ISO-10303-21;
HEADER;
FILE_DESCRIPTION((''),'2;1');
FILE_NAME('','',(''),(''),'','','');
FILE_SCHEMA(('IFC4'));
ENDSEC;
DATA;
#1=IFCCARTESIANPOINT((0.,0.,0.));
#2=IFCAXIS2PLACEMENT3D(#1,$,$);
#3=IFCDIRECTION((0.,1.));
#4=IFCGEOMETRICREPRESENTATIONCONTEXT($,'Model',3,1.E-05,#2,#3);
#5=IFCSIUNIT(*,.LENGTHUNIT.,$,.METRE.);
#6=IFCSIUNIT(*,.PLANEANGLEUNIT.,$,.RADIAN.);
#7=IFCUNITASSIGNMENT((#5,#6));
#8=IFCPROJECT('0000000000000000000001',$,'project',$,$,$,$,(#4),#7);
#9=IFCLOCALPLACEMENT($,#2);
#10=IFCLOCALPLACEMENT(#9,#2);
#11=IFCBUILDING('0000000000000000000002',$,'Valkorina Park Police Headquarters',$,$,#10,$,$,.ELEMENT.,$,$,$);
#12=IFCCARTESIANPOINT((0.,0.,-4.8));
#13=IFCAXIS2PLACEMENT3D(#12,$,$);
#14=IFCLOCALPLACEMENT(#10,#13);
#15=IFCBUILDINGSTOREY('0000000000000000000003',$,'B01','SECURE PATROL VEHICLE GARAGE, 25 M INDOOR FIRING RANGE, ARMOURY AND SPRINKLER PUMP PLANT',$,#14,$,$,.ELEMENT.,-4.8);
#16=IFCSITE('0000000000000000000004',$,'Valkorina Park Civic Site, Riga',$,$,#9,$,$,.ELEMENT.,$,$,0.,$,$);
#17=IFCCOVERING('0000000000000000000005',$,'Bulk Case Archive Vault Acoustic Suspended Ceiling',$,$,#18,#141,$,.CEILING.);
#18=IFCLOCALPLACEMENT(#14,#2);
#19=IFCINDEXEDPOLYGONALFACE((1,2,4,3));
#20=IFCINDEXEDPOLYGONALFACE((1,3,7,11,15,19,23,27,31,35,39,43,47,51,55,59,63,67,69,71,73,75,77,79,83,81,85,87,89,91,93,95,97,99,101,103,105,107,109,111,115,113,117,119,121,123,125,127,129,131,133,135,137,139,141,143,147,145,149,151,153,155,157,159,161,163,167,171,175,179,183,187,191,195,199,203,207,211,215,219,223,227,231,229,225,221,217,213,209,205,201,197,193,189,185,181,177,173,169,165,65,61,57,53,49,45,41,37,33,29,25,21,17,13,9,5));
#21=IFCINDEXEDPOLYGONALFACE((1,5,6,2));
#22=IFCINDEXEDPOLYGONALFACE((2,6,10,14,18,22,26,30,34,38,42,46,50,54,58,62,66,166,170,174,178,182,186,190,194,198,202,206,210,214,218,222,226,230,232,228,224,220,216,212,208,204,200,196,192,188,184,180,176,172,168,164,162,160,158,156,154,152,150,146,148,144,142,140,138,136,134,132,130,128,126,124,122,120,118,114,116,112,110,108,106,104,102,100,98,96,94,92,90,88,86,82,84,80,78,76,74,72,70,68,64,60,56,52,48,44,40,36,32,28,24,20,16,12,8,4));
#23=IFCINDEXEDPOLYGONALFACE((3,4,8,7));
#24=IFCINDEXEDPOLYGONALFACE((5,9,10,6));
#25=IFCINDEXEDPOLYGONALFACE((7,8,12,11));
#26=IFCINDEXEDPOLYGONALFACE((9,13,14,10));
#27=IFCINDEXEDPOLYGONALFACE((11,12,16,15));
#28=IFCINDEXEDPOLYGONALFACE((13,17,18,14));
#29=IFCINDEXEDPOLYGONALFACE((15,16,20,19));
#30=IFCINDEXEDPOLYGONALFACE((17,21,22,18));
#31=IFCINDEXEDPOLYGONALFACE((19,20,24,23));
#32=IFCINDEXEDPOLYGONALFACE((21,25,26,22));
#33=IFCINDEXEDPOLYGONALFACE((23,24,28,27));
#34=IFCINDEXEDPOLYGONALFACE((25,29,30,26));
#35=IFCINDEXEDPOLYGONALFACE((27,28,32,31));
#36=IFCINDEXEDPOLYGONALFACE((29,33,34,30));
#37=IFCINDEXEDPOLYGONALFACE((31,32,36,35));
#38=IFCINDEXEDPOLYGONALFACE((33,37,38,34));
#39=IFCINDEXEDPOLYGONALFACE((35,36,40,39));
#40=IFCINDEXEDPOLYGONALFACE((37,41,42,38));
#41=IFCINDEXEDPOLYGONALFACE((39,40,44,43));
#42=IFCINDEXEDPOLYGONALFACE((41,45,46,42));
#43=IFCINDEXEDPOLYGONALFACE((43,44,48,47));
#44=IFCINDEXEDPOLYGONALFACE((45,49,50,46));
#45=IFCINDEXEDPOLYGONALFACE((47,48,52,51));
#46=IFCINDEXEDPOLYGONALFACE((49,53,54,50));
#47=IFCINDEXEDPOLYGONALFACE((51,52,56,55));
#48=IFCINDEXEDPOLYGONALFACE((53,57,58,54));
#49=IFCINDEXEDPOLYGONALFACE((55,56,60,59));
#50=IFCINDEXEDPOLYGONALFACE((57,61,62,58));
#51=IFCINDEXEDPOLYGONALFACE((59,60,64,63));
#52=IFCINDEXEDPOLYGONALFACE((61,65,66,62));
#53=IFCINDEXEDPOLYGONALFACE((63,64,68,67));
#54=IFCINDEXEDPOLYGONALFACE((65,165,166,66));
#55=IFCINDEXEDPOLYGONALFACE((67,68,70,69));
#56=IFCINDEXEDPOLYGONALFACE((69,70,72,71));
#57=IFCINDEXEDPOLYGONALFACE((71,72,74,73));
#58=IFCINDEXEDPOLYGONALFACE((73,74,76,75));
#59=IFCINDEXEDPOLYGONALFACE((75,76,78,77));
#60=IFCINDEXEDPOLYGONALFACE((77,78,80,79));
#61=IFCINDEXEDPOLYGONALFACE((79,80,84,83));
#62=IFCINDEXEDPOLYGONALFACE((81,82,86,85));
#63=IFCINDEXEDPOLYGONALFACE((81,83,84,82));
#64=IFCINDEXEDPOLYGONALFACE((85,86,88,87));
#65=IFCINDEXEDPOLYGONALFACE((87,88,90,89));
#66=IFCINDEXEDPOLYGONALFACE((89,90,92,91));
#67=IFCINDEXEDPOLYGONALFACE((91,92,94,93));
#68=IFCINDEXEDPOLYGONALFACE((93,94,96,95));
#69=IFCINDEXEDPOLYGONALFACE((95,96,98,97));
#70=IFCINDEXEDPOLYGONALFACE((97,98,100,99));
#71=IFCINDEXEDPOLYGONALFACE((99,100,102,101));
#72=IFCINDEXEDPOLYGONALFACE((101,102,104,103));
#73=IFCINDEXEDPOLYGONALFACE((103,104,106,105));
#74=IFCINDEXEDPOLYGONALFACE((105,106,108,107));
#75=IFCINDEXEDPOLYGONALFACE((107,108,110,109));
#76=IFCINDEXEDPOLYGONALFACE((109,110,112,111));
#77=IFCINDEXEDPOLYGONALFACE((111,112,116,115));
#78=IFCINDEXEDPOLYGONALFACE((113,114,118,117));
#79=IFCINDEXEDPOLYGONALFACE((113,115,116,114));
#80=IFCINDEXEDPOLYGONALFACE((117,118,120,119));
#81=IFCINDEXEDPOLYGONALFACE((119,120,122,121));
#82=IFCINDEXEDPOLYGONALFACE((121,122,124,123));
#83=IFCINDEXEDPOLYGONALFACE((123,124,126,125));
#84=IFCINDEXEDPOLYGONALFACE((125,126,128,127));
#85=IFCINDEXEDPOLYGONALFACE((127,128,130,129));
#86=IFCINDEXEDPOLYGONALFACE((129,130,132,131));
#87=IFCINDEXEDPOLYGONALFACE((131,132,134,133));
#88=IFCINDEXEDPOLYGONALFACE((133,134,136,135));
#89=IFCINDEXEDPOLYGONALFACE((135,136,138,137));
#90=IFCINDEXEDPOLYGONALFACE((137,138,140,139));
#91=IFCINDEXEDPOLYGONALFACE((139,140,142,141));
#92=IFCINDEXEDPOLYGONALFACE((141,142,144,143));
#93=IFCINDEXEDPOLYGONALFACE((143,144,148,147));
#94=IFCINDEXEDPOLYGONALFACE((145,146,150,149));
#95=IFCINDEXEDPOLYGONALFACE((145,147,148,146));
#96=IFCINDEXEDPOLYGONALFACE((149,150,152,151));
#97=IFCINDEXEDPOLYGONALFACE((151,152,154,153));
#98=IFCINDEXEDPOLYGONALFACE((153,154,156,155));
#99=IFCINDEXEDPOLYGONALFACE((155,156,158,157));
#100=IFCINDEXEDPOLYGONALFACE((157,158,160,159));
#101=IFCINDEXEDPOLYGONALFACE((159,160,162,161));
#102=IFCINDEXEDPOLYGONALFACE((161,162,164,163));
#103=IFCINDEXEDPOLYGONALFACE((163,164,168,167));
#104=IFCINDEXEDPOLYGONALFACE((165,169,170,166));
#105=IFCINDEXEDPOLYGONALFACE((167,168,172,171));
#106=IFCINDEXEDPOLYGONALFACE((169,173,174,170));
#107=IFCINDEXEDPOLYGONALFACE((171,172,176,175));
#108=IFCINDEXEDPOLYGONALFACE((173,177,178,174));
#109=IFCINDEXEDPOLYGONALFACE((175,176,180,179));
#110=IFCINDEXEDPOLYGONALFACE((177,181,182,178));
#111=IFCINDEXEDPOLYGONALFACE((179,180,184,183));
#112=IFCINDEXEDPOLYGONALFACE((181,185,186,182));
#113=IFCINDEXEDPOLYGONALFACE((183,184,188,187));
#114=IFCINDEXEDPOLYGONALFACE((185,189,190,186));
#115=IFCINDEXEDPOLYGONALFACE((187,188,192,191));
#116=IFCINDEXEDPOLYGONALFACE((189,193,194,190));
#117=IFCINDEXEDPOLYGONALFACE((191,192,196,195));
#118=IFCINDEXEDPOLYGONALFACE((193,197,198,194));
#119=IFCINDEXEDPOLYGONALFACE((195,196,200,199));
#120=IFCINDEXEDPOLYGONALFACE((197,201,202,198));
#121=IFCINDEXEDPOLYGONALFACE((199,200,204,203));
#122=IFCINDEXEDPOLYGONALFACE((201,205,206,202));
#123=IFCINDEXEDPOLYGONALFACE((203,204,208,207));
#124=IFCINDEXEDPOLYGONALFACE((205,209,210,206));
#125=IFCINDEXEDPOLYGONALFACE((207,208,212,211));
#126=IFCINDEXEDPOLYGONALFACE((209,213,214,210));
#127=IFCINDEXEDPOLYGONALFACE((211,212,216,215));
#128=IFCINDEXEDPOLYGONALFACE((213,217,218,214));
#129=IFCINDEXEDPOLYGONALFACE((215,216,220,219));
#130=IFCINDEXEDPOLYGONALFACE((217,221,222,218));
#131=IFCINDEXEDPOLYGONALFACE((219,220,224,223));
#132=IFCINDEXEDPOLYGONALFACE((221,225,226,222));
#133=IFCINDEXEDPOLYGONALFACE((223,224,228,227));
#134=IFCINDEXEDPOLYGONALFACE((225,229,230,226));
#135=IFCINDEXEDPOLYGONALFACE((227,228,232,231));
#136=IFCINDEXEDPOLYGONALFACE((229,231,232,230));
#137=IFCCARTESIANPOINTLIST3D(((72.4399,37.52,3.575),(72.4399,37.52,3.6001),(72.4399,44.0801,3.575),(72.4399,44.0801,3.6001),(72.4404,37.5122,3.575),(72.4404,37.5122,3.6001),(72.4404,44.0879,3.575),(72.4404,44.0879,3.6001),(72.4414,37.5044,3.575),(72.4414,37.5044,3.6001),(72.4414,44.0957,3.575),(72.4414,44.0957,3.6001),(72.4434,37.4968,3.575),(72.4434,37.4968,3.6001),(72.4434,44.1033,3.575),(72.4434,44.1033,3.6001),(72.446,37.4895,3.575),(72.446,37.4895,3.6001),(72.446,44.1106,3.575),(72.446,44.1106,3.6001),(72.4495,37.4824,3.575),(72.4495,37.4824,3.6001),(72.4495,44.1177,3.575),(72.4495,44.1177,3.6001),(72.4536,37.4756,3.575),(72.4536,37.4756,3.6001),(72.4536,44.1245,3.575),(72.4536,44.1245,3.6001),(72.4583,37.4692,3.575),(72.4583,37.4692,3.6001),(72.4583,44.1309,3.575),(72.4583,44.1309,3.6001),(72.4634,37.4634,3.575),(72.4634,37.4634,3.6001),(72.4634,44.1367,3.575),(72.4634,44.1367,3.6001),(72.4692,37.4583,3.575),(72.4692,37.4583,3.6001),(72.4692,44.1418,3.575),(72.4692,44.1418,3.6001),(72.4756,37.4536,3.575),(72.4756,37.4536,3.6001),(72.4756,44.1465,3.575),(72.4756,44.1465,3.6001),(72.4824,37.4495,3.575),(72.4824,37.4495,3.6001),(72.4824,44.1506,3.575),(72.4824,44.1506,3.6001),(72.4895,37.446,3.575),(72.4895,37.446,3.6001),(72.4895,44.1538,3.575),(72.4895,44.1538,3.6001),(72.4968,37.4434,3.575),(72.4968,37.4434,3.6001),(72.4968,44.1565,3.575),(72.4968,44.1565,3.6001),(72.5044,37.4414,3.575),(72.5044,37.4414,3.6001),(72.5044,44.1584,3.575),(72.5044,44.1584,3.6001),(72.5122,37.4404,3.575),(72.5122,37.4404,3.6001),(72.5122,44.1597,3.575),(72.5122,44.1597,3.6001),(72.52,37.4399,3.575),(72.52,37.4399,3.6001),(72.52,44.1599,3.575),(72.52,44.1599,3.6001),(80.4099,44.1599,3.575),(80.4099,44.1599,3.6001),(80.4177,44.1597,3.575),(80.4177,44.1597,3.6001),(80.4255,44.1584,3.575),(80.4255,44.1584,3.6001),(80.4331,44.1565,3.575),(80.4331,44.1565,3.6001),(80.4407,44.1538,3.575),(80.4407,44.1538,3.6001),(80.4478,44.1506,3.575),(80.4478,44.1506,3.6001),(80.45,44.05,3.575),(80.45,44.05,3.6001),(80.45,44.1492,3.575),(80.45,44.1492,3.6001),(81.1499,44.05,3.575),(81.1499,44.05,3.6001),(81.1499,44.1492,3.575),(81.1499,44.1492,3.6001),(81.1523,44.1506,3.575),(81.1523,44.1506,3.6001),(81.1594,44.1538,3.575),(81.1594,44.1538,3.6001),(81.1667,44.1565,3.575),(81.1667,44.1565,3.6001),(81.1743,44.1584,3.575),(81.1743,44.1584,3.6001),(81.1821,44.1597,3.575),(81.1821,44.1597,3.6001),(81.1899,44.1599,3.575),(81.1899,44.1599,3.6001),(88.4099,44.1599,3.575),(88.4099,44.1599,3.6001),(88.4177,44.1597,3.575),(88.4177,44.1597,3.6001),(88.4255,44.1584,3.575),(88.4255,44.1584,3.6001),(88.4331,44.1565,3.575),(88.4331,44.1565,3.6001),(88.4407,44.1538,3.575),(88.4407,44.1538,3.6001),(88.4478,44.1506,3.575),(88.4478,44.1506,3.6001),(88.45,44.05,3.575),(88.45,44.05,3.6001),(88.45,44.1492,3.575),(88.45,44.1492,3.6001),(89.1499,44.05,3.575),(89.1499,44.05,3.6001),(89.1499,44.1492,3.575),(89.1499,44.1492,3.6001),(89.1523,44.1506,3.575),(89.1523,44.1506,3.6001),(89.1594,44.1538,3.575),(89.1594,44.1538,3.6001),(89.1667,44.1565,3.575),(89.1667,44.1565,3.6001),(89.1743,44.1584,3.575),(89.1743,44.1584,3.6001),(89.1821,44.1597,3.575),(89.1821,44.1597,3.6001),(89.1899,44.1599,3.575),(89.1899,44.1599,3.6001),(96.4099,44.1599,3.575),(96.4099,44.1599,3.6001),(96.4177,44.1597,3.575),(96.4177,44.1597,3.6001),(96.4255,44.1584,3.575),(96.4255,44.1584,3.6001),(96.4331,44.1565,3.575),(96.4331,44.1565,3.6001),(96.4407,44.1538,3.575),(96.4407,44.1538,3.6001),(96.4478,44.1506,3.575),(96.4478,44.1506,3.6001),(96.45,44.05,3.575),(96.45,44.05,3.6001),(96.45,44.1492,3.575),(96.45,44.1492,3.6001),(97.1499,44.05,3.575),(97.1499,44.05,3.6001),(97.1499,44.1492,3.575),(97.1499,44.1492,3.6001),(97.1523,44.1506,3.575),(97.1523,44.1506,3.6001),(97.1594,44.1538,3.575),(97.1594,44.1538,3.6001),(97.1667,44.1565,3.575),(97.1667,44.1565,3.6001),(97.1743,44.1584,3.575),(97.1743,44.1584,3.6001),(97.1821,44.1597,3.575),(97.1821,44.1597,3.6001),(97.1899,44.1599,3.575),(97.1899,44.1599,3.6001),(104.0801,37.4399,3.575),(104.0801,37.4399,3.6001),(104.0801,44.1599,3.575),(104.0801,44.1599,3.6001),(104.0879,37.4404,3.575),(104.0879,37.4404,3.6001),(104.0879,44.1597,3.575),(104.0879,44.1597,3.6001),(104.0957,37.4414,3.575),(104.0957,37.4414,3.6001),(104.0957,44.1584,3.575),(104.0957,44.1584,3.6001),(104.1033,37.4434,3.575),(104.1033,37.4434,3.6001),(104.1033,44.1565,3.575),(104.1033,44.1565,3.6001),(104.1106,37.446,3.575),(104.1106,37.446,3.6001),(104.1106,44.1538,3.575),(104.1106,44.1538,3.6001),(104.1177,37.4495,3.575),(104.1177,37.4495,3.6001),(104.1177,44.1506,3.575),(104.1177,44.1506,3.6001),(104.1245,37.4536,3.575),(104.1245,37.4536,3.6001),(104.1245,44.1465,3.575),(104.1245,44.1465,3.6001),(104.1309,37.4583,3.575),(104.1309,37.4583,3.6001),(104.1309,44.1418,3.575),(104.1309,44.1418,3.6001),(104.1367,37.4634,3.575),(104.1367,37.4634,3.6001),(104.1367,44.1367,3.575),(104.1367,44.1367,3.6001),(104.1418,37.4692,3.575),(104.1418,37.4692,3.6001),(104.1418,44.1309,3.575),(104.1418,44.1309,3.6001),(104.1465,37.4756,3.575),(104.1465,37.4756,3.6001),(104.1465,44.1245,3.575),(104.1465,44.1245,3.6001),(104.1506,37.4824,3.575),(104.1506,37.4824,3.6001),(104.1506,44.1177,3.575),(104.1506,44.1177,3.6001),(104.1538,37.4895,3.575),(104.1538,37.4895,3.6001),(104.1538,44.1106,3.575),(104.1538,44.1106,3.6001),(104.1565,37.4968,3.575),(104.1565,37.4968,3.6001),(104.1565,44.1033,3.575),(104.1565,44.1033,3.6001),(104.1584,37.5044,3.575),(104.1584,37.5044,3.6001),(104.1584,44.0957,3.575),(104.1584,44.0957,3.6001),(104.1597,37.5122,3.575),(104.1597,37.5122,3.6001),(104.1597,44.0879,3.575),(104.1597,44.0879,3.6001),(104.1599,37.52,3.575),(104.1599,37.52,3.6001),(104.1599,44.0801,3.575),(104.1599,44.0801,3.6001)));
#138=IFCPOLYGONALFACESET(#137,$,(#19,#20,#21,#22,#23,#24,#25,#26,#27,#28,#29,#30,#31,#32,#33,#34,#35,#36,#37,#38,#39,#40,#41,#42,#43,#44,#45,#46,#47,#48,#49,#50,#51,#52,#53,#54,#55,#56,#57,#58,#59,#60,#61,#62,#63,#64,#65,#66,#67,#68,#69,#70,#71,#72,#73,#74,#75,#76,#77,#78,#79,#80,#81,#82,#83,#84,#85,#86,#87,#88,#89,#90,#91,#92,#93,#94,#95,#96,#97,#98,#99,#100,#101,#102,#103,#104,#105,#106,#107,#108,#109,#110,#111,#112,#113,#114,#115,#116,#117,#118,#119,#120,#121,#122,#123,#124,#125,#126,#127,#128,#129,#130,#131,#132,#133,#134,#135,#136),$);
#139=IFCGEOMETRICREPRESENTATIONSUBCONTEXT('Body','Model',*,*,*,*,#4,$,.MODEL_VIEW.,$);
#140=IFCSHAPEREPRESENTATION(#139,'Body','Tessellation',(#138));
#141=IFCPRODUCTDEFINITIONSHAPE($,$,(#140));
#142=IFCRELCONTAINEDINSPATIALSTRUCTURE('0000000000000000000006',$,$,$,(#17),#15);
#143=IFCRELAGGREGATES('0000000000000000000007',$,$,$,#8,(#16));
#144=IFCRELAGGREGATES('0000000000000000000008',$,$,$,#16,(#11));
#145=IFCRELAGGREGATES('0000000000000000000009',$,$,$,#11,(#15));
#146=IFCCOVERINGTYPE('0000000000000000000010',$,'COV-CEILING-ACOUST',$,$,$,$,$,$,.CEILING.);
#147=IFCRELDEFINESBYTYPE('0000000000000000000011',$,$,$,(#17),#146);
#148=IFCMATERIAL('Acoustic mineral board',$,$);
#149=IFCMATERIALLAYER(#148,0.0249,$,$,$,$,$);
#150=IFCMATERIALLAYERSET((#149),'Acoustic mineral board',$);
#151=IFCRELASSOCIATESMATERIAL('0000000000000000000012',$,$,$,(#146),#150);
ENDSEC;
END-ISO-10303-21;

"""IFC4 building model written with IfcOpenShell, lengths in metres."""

from ifc_helpers import new_model, si_unit, direction, frame, origin, place, context, subcontext, project, spatial, polyline, outline, extrude, material, layer, layer_set, type_object, element, save


model = new_model("IFC4")

# Units and contexts
model_context = context("Model", 3, precision=1e-05, world=origin(), true_north=direction((0.0, 1.0)))
body_context = subcontext(model_context, "Body", "Model", "MODEL_VIEW")
ifc_project = project(units=[si_unit("LENGTHUNIT", "METRE"), si_unit("PLANEANGLEUNIT", "RADIAN")], contexts=[model_context])

# Site, building, storey
site_placement = place(None, origin())
site = spatial("IfcSite", under=ifc_project, at=site_placement, Name="Valkorina Park Civic Site, Riga", CompositionType="ELEMENT", RefElevation=0.0)
building_placement = place(site_placement, origin())
building = spatial("IfcBuilding", under=site, at=building_placement, Name="Valkorina Park Police Headquarters", CompositionType="ELEMENT")
storey_placement = place(building_placement, frame((0.0, 0.0, -4.8)))
storey = spatial("IfcBuildingStorey", under=building, at=storey_placement, Name="B01", Description="SECURE PATROL VEHICLE GARAGE, 25 M INDOOR FIRING RANGE, ARMOURY AND SPRINKLER PUMP PLANT", CompositionType="ELEMENT", Elevation=-4.8)

# Covering
ifc_material_1 = material(Name="Acoustic mineral board")
ifc_layer_1 = layer(ifc_material_1, 0.0249)
ifc_layer_set_1 = layer_set([ifc_layer_1], Name="Acoustic mineral board")
covering_type_1 = type_object("IfcCoveringType", Name="COV-CEILING-ACOUST", PredefinedType="CEILING", material=ifc_layer_set_1)
covering_1_placement = place(storey_placement, frame((0.0, 0.0, 3.575)))
element("IfcCovering", 1, at=covering_1_placement, inside=storey, type_object=covering_type_1, Name="Bulk Case Archive Vault Acoustic Suspended Ceiling", PredefinedType="CEILING", context=body_context, shape_type="SweptSolid", body=[
    extrude(outline(polyline([(81.1499, 44.1492), (81.1499, 44.05), (80.45, 44.05), (80.45, 44.1492), (80.4478, 44.1506), (80.4407, 44.1538), (80.4331, 44.1565), (80.4255, 44.1584), (80.4177, 44.1597), (80.4099, 44.1599), (72.52, 44.1599), (72.5122, 44.1597), (72.5044, 44.1584), (72.4968, 44.1565), (72.4895, 44.1538), (72.4824, 44.1506), (72.4756, 44.1465), (72.4692, 44.1418), (72.4634, 44.1367), (72.4583, 44.1309), (72.4536, 44.1245), (72.4495, 44.1177), (72.446, 44.1106), (72.4434, 44.1033), (72.4414, 44.0957), (72.4404, 44.0879), (72.4399, 44.0801), (72.4399, 37.52), (72.4404, 37.5122), (72.4414, 37.5044), (72.4434, 37.4968), (72.446, 37.4895), (72.4495, 37.4824), (72.4536, 37.4756), (72.4583, 37.4692), (72.4634, 37.4634), (72.4692, 37.4583), (72.4756, 37.4536), (72.4824, 37.4495), (72.4895, 37.446), (72.4968, 37.4434), (72.5044, 37.4414), (72.5122, 37.4404), (72.52, 37.4399), (104.0801, 37.4399), (104.0879, 37.4404), (104.0957, 37.4414), (104.1033, 37.4434), (104.1106, 37.446), (104.1177, 37.4495), (104.1245, 37.4536), (104.1309, 37.4583), (104.1367, 37.4634), (104.1418, 37.4692), (104.1465, 37.4756), (104.1506, 37.4824), (104.1538, 37.4895), (104.1565, 37.4968), (104.1584, 37.5044), (104.1597, 37.5122), (104.1599, 37.52), (104.1599, 44.0801), (104.1597, 44.0879), (104.1584, 44.0957), (104.1565, 44.1033), (104.1538, 44.1106), (104.1506, 44.1177), (104.1465, 44.1245), (104.1418, 44.1309), (104.1367, 44.1367), (104.1309, 44.1418), (104.1245, 44.1465), (104.1177, 44.1506), (104.1106, 44.1538), (104.1033, 44.1565), (104.0957, 44.1584), (104.0879, 44.1597), (104.0801, 44.1599), (97.1899, 44.1599), (97.1821, 44.1597), (97.1743, 44.1584), (97.1667, 44.1565), (97.1594, 44.1538), (97.1523, 44.1506), (97.1499, 44.1492), (97.1499, 44.05), (96.45, 44.05), (96.45, 44.1492), (96.4478, 44.1506), (96.4407, 44.1538), (96.4331, 44.1565), (96.4255, 44.1584), (96.4177, 44.1597), (96.4099, 44.1599), (89.1899, 44.1599), (89.1821, 44.1597), (89.1743, 44.1584), (89.1667, 44.1565), (89.1594, 44.1538), (89.1523, 44.1506), (89.1499, 44.1492), (89.1499, 44.05), (88.45, 44.05), (88.45, 44.1492), (88.4478, 44.1506), (88.4407, 44.1538), (88.4331, 44.1565), (88.4255, 44.1584), (88.4177, 44.1597), (88.4099, 44.1599), (81.1899, 44.1599), (81.1821, 44.1597), (81.1743, 44.1584), (81.1667, 44.1565), (81.1594, 44.1538), (81.1523, 44.1506), (81.1499, 44.1492)])), origin(), (0.0, 0.0, 1.0), 0.0251),
])

save(model, "model.ifc")
